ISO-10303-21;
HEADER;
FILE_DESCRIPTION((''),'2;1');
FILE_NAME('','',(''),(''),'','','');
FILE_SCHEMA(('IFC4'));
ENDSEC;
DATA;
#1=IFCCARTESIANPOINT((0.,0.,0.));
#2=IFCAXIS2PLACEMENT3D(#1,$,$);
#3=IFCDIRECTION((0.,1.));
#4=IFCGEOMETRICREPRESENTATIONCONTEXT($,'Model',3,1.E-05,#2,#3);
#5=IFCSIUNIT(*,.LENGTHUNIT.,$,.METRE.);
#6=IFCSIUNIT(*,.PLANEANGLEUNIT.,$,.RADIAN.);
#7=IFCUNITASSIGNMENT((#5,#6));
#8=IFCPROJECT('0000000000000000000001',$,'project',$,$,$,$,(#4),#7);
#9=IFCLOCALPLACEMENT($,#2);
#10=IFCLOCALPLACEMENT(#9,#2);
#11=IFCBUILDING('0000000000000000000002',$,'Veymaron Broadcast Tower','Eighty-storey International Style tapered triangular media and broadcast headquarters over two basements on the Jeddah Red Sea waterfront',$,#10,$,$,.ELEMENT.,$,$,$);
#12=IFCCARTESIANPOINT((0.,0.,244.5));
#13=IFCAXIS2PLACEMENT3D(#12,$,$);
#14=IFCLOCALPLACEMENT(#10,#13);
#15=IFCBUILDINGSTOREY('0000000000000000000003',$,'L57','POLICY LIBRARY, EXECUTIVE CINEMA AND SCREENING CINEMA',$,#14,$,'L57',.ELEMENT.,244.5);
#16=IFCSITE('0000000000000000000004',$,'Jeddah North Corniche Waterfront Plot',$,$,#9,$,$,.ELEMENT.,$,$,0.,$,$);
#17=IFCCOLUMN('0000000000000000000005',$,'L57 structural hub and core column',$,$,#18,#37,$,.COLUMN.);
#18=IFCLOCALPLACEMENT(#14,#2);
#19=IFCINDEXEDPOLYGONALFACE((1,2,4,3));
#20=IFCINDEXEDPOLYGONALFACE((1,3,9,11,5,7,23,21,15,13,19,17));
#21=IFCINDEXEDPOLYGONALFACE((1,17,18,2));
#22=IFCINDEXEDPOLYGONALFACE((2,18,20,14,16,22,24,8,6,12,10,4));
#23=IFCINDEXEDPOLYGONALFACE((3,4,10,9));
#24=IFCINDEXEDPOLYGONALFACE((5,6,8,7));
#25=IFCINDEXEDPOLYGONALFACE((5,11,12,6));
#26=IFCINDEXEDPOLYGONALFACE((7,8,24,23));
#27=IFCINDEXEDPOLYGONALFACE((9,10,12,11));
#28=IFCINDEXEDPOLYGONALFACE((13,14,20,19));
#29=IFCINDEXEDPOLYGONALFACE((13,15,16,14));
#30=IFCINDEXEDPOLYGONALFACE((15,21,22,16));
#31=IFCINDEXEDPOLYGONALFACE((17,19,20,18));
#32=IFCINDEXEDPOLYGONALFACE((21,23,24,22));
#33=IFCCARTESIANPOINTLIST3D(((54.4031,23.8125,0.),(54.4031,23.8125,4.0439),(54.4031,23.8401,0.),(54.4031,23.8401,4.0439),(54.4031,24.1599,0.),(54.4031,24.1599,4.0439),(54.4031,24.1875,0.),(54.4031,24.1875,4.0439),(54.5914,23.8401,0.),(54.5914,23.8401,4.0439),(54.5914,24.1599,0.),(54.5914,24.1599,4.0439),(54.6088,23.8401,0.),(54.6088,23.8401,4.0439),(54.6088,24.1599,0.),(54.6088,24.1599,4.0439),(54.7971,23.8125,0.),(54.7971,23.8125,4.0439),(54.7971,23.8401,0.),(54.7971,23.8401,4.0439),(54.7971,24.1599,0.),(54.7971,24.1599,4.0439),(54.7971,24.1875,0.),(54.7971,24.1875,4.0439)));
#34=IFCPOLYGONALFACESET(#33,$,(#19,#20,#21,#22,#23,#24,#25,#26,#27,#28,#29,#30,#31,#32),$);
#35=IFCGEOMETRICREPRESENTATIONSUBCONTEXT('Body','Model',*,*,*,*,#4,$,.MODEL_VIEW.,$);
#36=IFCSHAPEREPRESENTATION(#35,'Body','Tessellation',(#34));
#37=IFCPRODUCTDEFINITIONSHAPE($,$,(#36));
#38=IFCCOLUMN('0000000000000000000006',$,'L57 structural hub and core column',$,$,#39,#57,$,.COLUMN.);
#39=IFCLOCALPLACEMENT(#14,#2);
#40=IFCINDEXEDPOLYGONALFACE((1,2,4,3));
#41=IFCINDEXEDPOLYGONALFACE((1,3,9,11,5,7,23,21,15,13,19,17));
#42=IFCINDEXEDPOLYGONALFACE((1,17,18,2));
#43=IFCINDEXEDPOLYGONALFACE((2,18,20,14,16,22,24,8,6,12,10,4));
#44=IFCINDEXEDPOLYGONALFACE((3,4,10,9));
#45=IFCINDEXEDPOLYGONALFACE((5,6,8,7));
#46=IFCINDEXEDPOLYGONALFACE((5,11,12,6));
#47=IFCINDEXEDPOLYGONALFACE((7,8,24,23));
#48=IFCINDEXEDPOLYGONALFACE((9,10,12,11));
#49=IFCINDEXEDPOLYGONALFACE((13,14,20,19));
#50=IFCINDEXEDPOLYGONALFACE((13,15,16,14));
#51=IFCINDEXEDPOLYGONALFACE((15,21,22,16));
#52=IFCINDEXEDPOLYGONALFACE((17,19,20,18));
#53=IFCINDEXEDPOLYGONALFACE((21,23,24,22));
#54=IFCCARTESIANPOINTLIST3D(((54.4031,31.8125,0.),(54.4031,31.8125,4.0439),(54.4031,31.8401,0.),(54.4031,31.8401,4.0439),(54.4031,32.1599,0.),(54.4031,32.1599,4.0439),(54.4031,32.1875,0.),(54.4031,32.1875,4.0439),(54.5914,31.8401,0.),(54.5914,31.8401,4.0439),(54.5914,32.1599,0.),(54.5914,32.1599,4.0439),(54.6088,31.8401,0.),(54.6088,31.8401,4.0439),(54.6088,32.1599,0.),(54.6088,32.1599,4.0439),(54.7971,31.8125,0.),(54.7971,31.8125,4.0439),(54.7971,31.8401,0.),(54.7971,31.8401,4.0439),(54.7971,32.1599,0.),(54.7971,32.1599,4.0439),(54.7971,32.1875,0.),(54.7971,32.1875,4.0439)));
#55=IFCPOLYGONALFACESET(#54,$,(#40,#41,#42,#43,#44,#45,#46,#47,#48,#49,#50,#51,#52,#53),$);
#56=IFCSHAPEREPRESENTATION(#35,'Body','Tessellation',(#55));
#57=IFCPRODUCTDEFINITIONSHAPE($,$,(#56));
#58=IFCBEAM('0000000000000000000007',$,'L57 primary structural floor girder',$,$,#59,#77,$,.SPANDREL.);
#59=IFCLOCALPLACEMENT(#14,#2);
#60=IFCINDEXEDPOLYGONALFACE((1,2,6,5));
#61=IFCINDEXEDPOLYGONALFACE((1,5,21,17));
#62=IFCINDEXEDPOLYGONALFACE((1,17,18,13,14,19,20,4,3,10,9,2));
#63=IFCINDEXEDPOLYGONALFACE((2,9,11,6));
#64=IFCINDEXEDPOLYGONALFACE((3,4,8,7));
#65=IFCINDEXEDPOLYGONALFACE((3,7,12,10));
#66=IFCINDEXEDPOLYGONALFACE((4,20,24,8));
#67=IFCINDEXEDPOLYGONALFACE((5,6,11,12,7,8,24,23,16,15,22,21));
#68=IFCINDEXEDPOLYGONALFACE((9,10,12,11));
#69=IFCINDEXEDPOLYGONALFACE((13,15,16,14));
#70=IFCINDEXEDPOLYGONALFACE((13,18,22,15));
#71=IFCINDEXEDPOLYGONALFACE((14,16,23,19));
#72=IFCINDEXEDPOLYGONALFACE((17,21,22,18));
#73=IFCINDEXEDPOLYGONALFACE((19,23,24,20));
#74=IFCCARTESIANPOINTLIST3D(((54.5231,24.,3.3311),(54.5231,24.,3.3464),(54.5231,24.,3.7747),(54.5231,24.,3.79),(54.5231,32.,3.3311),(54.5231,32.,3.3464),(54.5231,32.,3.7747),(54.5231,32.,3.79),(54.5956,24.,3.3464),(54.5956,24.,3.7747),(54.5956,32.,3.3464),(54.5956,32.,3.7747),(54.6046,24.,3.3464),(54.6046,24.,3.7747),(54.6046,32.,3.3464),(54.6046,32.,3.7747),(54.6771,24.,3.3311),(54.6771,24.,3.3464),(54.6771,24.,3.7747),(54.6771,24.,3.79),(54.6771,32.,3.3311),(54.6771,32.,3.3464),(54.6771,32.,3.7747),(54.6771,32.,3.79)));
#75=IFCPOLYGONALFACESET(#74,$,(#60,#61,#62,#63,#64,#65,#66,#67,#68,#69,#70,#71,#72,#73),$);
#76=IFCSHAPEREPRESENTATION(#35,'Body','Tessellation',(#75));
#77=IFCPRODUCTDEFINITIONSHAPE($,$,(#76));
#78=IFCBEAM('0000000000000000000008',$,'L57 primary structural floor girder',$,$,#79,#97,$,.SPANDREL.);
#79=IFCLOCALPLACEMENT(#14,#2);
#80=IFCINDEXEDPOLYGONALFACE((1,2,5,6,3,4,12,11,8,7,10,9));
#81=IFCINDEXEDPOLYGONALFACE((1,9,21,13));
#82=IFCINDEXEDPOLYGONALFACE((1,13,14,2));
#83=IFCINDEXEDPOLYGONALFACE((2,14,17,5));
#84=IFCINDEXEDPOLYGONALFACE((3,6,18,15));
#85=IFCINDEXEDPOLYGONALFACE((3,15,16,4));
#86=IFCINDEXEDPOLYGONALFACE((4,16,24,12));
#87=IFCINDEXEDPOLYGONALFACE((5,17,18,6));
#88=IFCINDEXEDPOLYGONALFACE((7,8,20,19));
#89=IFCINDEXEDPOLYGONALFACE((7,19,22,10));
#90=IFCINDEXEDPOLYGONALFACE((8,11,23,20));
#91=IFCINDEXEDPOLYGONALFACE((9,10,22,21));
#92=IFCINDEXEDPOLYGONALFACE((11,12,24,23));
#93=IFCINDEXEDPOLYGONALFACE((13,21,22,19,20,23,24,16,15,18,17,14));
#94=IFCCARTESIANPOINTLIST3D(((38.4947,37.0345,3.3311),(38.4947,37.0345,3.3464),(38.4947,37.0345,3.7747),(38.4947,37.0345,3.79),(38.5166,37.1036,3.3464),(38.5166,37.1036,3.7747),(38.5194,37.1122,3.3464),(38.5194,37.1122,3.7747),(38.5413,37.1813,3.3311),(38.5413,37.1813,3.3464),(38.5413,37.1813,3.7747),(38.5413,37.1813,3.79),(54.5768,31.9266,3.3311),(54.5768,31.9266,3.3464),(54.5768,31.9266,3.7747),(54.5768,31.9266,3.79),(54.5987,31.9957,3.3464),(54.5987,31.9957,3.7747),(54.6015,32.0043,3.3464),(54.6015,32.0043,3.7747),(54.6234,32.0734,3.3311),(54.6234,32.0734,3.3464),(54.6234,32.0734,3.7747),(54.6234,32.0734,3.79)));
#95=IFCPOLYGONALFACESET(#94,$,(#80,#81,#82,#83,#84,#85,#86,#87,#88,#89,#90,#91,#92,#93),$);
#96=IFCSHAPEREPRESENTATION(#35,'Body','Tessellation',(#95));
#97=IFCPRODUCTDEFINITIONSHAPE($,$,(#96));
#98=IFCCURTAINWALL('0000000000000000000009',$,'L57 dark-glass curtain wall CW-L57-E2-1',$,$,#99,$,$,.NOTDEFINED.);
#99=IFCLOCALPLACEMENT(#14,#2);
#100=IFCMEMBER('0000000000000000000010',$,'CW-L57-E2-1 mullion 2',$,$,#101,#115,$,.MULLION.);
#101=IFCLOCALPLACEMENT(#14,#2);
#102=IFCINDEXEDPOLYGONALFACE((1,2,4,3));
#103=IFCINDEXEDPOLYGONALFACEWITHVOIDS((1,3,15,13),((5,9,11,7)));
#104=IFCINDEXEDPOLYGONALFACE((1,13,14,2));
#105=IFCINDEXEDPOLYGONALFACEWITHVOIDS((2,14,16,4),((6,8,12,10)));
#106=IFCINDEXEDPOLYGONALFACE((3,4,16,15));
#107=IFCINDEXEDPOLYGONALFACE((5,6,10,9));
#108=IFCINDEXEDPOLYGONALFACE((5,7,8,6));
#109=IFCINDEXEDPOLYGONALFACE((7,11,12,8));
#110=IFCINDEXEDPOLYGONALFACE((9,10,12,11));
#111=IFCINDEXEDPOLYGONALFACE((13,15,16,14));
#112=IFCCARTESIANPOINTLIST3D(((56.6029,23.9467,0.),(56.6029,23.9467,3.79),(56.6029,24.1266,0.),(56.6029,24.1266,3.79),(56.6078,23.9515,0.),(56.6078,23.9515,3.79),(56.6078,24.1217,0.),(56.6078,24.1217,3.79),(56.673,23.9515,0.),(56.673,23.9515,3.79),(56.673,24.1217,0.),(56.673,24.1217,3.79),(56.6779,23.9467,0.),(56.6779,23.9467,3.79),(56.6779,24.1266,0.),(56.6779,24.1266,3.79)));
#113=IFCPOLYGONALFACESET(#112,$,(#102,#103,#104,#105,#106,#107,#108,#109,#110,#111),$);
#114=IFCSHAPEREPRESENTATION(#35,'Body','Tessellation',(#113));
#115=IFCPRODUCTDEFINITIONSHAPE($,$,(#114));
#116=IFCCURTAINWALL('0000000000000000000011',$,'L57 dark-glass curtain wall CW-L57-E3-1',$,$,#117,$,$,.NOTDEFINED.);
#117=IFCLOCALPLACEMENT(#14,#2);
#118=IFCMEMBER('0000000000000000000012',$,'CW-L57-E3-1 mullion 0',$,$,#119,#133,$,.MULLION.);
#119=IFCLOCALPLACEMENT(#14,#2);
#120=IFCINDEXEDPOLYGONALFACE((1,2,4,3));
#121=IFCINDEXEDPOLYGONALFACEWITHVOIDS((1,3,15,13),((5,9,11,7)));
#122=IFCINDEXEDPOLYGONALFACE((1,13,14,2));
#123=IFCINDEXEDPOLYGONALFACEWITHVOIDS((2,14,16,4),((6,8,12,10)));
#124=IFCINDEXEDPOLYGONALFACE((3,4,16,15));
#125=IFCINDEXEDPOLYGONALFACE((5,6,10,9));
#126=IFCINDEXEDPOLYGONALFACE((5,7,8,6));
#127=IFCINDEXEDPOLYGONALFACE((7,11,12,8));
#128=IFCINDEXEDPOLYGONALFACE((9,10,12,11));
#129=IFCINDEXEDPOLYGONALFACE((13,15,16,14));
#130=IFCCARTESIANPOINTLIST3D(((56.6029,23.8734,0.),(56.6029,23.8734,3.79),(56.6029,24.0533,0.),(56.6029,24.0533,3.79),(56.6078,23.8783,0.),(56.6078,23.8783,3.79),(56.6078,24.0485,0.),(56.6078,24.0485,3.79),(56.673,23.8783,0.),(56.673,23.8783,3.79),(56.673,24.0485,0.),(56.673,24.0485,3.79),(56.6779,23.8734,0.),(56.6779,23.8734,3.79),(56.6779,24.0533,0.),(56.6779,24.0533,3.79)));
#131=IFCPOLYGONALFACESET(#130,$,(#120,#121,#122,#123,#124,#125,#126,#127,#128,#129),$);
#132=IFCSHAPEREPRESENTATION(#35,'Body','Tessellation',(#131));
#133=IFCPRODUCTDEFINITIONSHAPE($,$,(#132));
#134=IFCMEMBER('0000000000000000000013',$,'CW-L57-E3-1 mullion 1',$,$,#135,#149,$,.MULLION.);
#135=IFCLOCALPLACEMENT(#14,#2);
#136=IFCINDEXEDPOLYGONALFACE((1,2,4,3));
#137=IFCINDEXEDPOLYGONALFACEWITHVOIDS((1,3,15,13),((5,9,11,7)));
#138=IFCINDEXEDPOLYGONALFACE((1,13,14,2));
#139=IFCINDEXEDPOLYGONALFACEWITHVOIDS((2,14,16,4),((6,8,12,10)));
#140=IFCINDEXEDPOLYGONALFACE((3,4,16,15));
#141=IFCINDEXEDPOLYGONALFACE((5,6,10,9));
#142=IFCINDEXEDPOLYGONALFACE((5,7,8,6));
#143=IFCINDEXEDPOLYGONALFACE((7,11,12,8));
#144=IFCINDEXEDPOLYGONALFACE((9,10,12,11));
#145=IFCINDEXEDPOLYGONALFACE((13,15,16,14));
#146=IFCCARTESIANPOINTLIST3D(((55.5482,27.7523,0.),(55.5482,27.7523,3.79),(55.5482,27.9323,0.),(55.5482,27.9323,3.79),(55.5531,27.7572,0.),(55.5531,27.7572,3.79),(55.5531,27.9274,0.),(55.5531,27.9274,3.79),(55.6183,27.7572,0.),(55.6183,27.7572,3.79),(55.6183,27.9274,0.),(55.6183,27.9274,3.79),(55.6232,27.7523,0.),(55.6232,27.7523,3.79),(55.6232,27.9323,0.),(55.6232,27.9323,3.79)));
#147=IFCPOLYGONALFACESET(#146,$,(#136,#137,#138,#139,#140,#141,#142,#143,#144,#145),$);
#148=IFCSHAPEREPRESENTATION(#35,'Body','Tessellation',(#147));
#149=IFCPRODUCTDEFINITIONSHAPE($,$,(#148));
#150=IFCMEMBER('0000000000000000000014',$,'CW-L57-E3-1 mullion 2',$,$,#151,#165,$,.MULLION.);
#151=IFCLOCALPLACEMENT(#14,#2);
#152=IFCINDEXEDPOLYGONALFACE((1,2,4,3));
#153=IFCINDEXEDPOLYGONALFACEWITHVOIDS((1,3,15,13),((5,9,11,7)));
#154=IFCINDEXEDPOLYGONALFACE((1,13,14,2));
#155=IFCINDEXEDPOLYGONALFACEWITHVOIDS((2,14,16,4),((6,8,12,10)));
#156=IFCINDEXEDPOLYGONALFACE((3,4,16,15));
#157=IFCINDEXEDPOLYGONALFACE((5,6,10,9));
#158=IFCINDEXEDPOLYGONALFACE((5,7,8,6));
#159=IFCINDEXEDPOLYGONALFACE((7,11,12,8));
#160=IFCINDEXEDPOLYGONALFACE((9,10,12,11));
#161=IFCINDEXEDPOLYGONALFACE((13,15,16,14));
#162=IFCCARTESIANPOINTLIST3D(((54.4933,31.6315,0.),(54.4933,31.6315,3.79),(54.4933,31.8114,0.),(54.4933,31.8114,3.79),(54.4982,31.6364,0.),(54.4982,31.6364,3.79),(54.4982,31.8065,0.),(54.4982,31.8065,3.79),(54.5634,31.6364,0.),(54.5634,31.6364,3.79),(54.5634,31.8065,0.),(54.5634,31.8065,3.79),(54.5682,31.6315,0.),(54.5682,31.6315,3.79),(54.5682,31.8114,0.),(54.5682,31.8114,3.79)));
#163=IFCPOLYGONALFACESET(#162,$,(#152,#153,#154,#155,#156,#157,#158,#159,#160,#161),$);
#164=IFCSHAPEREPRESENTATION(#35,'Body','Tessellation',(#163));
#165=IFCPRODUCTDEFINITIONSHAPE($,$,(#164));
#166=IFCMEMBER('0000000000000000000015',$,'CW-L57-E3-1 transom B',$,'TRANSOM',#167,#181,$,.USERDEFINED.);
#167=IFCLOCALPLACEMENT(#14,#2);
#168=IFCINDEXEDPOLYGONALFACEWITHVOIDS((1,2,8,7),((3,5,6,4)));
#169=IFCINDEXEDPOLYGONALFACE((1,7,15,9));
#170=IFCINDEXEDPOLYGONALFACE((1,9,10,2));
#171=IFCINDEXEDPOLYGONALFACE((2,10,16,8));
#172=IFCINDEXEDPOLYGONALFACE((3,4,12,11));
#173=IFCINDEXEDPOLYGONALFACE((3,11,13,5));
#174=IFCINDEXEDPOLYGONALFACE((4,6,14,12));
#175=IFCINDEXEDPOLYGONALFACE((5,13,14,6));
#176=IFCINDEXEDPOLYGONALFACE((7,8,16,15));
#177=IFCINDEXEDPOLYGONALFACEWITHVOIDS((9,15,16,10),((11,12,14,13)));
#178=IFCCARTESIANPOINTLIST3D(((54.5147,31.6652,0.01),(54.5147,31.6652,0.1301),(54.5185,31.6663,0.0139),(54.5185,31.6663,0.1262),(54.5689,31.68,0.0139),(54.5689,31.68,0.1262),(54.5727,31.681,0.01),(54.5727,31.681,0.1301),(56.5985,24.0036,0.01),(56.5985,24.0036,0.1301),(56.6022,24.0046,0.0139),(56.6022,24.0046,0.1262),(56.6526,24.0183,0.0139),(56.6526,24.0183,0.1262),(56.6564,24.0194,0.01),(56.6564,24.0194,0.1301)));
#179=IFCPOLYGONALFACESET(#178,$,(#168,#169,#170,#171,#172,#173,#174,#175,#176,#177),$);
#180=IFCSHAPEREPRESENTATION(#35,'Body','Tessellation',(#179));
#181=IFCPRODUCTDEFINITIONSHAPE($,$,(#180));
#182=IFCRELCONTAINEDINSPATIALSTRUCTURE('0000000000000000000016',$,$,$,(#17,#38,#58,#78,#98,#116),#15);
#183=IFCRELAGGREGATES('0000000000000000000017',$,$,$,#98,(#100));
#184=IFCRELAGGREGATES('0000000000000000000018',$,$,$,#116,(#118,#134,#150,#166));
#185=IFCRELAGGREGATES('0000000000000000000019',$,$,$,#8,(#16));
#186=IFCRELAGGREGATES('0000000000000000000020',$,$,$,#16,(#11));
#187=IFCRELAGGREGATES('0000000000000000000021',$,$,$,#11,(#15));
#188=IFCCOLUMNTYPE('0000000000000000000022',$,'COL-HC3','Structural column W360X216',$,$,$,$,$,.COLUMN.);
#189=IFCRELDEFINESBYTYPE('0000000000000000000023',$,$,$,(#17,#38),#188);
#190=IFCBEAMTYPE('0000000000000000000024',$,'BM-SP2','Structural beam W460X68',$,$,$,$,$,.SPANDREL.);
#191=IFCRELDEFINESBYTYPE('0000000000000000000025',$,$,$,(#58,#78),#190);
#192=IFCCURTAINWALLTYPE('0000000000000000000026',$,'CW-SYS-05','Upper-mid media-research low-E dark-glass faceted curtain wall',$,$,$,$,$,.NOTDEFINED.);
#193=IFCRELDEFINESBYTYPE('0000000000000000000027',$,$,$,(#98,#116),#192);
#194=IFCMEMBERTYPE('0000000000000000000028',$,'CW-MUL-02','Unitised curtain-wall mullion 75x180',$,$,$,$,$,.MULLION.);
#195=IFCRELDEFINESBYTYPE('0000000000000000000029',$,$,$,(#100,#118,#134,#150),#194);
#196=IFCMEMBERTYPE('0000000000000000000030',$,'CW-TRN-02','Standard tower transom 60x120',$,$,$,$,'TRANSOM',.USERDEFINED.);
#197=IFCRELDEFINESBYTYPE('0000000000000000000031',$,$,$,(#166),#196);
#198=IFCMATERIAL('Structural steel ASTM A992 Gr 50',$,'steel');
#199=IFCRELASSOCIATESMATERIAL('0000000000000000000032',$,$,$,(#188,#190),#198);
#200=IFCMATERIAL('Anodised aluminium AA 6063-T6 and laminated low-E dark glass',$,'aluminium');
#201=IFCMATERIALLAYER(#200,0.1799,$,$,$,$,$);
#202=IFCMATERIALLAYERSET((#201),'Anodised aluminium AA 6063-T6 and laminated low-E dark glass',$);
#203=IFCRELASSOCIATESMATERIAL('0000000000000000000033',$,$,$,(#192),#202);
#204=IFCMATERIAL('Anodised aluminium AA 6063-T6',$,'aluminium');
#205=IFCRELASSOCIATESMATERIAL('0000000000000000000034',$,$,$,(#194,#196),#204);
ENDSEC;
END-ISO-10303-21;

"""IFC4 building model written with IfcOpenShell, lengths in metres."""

from ifc_helpers import new_model, si_unit, direction, frame, origin, origin_2d, place, context, subcontext, project, spatial, hollow_rectangle, i_section, extrude, material, layer, layer_set, material_profile, profile_set, type_object, element, aggregate, save


model = new_model("IFC4")

# Units and contexts
model_context = context("Model", 3, precision=1e-05, world=origin(), true_north=direction((0.0, 1.0)))
body_context = subcontext(model_context, "Body", "Model", "MODEL_VIEW")
ifc_project = project(units=[si_unit("LENGTHUNIT", "METRE"), si_unit("PLANEANGLEUNIT", "RADIAN")], contexts=[model_context])

# Site, building, storey
site_placement = place(None, origin())
site = spatial("IfcSite", under=ifc_project, at=site_placement, Name="Jeddah North Corniche Waterfront Plot", CompositionType="ELEMENT", RefElevation=0.0)
building_placement = place(site_placement, origin())
building = spatial("IfcBuilding", under=site, at=building_placement, Name="Veymaron Broadcast Tower", Description="Eighty-storey International Style tapered triangular media and broadcast headquarters over two basements on the Jeddah Red Sea waterfront", CompositionType="ELEMENT")
storey_placement = place(building_placement, frame((0.0, 0.0, 244.5)))
storey = spatial("IfcBuildingStorey", under=building, at=storey_placement, Name="L57", Description="POLICY LIBRARY, EXECUTIVE CINEMA AND SCREENING CINEMA", LongName="L57", CompositionType="ELEMENT", Elevation=244.5)

# Columns
ifc_material_1 = material(Name="Structural steel ASTM A992 Gr 50", Category="steel")
ifc_material_profile_1 = material_profile(ifc_material_1, i_section(OverallWidth=0.394, OverallDepth=0.375, WebThickness=0.0173, FlangeThickness=0.0276, at=origin_2d()), Name="W360X216")
ifc_profile_set_1 = profile_set([ifc_material_profile_1], Name="Structural steel ASTM A992 Gr 50")
column_type = type_object("IfcColumnType", Name="COL-HC3", Description="Structural column W360X216", PredefinedType="COLUMN", material=ifc_profile_set_1)
for number, where, z_axis, x_axis, name in (
    (1, (54.6001, 24.0, 0.0), (0.0, 0.0, 1.0), (1.0, 0.0, 0.0), "L57 structural hub and core column"),
    (2, (54.6001, 32.0, 0.0), (0.0, 0.0, 1.0), (1.0, 0.0, 0.0), "L57 structural hub and core column"),
):
    element("IfcColumn", number, at=place(storey_placement, frame(where, z_axis=z_axis, x_axis=x_axis)), inside=storey, type_object=column_type, Name=name, PredefinedType="COLUMN", context=body_context, shape_type="SweptSolid", body=[
        extrude(i_section(OverallWidth=0.394, OverallDepth=0.375, WebThickness=0.0173, FlangeThickness=0.0276, at=origin_2d()), origin(), (0.0, 0.0, 1.0), 4.0439),
    ])

# Beams
ifc_material_profile_2 = material_profile(ifc_material_1, i_section(OverallWidth=0.1541, OverallDepth=0.459, WebThickness=0.009, FlangeThickness=0.0154, at=origin_2d()), Name="W460X68")
ifc_profile_set_2 = profile_set([ifc_material_profile_2], Name="Structural steel ASTM A992 Gr 50")
beam_type = type_object("IfcBeamType", Name="BM-SP2", Description="Structural beam W460X68", PredefinedType="SPANDREL", material=ifc_profile_set_2)
beam_1_placement = place(storey_placement, frame((54.6001, 24.0, 3.5605), z_axis=(0.0, 1.0, 0.0), x_axis=(-1.0, 0.0, 0.0)))
element("IfcBeam", 3, at=beam_1_placement, inside=storey, type_object=beam_type, Name="L57 primary structural floor girder", PredefinedType="SPANDREL", context=body_context, shape_type="SweptSolid", body=[
    extrude(i_section(OverallWidth=0.1541, OverallDepth=0.459, WebThickness=0.009, FlangeThickness=0.0154, at=origin_2d()), origin(), (0.0, 0.0, 1.0), 8.0),
])
beam_2_placement = place(storey_placement, frame((54.6001, 32.0, 3.5605), z_axis=(-0.953081, 0.302714, 0.0), x_axis=(-0.302714, -0.953081, 0.0)))
element("IfcBeam", 4, at=beam_2_placement, inside=storey, type_object=beam_type, Name="L57 primary structural floor girder", PredefinedType="SPANDREL", context=body_context, shape_type="SweptSolid", body=[
    extrude(i_section(OverallWidth=0.1541, OverallDepth=0.459, WebThickness=0.009, FlangeThickness=0.0154, at=origin_2d()), origin(), (0.0, 0.0, 1.0), 16.8738),
])

# Curtain wall, member
ifc_material_2 = material(Name="Anodised aluminium AA 6063-T6 and laminated low-E dark glass", Category="aluminium")
ifc_layer_1 = layer(ifc_material_2, 0.1799)
ifc_layer_set_1 = layer_set([ifc_layer_1], Name="Anodised aluminium AA 6063-T6 and laminated low-E dark glass")
curtain_wall_type = type_object("IfcCurtainWallType", Name="CW-SYS-05", Description="Upper-mid media-research low-E dark-glass faceted curtain wall", PredefinedType="NOTDEFINED", material=ifc_layer_set_1)
curtain_wall_1_placement = place(storey_placement, origin())
curtain_wall_1 = element("IfcCurtainWall", 5, at=curtain_wall_1_placement, inside=storey, type_object=curtain_wall_type, Name="L57 dark-glass curtain wall CW-L57-E2-1", PredefinedType="NOTDEFINED")
ifc_material_3 = material(Name="Anodised aluminium AA 6063-T6", Category="aluminium")
ifc_material_profile_3 = material_profile(ifc_material_3, hollow_rectangle(XDim=0.075, YDim=0.1799, WallThickness=0.0049, at=origin_2d()), Name="AL180X75X5")
ifc_profile_set_3 = profile_set([ifc_material_profile_3], Name="Anodised aluminium AA 6063-T6")
member_type_1 = type_object("IfcMemberType", Name="CW-MUL-02", Description="Unitised curtain-wall mullion 75x180", PredefinedType="MULLION", material=ifc_profile_set_3)
member_1_placement = place(storey_placement, frame((56.6404, 24.0366, 0.0), z_axis=(0.0, 0.0, 1.0), x_axis=(1.0, 0.0, 0.0)))
member_1 = element("IfcMember", 6, at=member_1_placement, type_object=member_type_1, Name="CW-L57-E2-1 mullion 2", PredefinedType="MULLION", context=body_context, shape_type="SweptSolid", body=[
    extrude(hollow_rectangle(XDim=0.075, YDim=0.1799, WallThickness=0.0049, at=origin_2d()), origin(), (0.0, 0.0, 1.0), 3.79),
])
aggregate(curtain_wall_1, [member_1])

# Curtain wall, members
curtain_wall_2_placement = place(storey_placement, origin())
curtain_wall_2 = element("IfcCurtainWall", 7, at=curtain_wall_2_placement, inside=storey, type_object=curtain_wall_type, Name="L57 dark-glass curtain wall CW-L57-E3-1", PredefinedType="NOTDEFINED")
member_2_placement = place(storey_placement, frame((56.6404, 23.9634, 0.0), z_axis=(0.0, 0.0, 1.0), x_axis=(1.0, 0.0, 0.0)))
member_2 = element("IfcMember", 8, at=member_2_placement, type_object=member_type_1, Name="CW-L57-E3-1 mullion 0", PredefinedType="MULLION", context=body_context, shape_type="SweptSolid", body=[
    extrude(hollow_rectangle(XDim=0.075, YDim=0.1799, WallThickness=0.0049, at=origin_2d()), origin(), (0.0, 0.0, 1.0), 3.79),
])
member_3_placement = place(storey_placement, frame((55.5857, 27.8423, 0.0), z_axis=(0.0, 0.0, 1.0), x_axis=(1.0, 0.0, 0.0)))
member_3 = element("IfcMember", 9, at=member_3_placement, type_object=member_type_1, Name="CW-L57-E3-1 mullion 1", PredefinedType="MULLION", context=body_context, shape_type="SweptSolid", body=[
    extrude(hollow_rectangle(XDim=0.075, YDim=0.1799, WallThickness=0.0049, at=origin_2d()), origin(), (0.0, 0.0, 1.0), 3.79),
])
member_4_placement = place(storey_placement, frame((54.5308, 31.7214, 0.0), z_axis=(0.0, 0.0, 1.0), x_axis=(1.0, 0.0, 0.0)))
member_4 = element("IfcMember", 10, at=member_4_placement, type_object=member_type_1, Name="CW-L57-E3-1 mullion 2", PredefinedType="MULLION", context=body_context, shape_type="SweptSolid", body=[
    extrude(hollow_rectangle(XDim=0.075, YDim=0.1799, WallThickness=0.0049, at=origin_2d()), origin(), (0.0, 0.0, 1.0), 3.79),
])
ifc_material_profile_4 = material_profile(ifc_material_3, hollow_rectangle(XDim=0.0601, YDim=0.1201, WallThickness=0.0039, at=origin_2d()), Name="AL120X60X4")
ifc_profile_set_4 = profile_set([ifc_material_profile_4], Name="Anodised aluminium AA 6063-T6")
member_type_2 = type_object("IfcMemberType", Name="CW-TRN-02", Description="Standard tower transom 60x120", ElementType="TRANSOM", PredefinedType="USERDEFINED", material=ifc_profile_set_4)
member_5_placement = place(storey_placement, frame((56.6274, 24.0115, 0.0701), z_axis=(-0.262438, 0.964949, 0.0), x_axis=(-0.964949, -0.262438, 0.0)))
member_5 = element("IfcMember", 11, at=member_5_placement, type_object=member_type_2, Name="CW-L57-E3-1 transom B", ObjectType="TRANSOM", PredefinedType="USERDEFINED", context=body_context, shape_type="SweptSolid", body=[
    extrude(hollow_rectangle(XDim=0.0601, YDim=0.1201, WallThickness=0.0039, at=origin_2d()), origin(), (0.0, 0.0, 1.0), 7.9399),
])
aggregate(curtain_wall_2, [member_2, member_3, member_4, member_5])

save(model, "model.ifc")
